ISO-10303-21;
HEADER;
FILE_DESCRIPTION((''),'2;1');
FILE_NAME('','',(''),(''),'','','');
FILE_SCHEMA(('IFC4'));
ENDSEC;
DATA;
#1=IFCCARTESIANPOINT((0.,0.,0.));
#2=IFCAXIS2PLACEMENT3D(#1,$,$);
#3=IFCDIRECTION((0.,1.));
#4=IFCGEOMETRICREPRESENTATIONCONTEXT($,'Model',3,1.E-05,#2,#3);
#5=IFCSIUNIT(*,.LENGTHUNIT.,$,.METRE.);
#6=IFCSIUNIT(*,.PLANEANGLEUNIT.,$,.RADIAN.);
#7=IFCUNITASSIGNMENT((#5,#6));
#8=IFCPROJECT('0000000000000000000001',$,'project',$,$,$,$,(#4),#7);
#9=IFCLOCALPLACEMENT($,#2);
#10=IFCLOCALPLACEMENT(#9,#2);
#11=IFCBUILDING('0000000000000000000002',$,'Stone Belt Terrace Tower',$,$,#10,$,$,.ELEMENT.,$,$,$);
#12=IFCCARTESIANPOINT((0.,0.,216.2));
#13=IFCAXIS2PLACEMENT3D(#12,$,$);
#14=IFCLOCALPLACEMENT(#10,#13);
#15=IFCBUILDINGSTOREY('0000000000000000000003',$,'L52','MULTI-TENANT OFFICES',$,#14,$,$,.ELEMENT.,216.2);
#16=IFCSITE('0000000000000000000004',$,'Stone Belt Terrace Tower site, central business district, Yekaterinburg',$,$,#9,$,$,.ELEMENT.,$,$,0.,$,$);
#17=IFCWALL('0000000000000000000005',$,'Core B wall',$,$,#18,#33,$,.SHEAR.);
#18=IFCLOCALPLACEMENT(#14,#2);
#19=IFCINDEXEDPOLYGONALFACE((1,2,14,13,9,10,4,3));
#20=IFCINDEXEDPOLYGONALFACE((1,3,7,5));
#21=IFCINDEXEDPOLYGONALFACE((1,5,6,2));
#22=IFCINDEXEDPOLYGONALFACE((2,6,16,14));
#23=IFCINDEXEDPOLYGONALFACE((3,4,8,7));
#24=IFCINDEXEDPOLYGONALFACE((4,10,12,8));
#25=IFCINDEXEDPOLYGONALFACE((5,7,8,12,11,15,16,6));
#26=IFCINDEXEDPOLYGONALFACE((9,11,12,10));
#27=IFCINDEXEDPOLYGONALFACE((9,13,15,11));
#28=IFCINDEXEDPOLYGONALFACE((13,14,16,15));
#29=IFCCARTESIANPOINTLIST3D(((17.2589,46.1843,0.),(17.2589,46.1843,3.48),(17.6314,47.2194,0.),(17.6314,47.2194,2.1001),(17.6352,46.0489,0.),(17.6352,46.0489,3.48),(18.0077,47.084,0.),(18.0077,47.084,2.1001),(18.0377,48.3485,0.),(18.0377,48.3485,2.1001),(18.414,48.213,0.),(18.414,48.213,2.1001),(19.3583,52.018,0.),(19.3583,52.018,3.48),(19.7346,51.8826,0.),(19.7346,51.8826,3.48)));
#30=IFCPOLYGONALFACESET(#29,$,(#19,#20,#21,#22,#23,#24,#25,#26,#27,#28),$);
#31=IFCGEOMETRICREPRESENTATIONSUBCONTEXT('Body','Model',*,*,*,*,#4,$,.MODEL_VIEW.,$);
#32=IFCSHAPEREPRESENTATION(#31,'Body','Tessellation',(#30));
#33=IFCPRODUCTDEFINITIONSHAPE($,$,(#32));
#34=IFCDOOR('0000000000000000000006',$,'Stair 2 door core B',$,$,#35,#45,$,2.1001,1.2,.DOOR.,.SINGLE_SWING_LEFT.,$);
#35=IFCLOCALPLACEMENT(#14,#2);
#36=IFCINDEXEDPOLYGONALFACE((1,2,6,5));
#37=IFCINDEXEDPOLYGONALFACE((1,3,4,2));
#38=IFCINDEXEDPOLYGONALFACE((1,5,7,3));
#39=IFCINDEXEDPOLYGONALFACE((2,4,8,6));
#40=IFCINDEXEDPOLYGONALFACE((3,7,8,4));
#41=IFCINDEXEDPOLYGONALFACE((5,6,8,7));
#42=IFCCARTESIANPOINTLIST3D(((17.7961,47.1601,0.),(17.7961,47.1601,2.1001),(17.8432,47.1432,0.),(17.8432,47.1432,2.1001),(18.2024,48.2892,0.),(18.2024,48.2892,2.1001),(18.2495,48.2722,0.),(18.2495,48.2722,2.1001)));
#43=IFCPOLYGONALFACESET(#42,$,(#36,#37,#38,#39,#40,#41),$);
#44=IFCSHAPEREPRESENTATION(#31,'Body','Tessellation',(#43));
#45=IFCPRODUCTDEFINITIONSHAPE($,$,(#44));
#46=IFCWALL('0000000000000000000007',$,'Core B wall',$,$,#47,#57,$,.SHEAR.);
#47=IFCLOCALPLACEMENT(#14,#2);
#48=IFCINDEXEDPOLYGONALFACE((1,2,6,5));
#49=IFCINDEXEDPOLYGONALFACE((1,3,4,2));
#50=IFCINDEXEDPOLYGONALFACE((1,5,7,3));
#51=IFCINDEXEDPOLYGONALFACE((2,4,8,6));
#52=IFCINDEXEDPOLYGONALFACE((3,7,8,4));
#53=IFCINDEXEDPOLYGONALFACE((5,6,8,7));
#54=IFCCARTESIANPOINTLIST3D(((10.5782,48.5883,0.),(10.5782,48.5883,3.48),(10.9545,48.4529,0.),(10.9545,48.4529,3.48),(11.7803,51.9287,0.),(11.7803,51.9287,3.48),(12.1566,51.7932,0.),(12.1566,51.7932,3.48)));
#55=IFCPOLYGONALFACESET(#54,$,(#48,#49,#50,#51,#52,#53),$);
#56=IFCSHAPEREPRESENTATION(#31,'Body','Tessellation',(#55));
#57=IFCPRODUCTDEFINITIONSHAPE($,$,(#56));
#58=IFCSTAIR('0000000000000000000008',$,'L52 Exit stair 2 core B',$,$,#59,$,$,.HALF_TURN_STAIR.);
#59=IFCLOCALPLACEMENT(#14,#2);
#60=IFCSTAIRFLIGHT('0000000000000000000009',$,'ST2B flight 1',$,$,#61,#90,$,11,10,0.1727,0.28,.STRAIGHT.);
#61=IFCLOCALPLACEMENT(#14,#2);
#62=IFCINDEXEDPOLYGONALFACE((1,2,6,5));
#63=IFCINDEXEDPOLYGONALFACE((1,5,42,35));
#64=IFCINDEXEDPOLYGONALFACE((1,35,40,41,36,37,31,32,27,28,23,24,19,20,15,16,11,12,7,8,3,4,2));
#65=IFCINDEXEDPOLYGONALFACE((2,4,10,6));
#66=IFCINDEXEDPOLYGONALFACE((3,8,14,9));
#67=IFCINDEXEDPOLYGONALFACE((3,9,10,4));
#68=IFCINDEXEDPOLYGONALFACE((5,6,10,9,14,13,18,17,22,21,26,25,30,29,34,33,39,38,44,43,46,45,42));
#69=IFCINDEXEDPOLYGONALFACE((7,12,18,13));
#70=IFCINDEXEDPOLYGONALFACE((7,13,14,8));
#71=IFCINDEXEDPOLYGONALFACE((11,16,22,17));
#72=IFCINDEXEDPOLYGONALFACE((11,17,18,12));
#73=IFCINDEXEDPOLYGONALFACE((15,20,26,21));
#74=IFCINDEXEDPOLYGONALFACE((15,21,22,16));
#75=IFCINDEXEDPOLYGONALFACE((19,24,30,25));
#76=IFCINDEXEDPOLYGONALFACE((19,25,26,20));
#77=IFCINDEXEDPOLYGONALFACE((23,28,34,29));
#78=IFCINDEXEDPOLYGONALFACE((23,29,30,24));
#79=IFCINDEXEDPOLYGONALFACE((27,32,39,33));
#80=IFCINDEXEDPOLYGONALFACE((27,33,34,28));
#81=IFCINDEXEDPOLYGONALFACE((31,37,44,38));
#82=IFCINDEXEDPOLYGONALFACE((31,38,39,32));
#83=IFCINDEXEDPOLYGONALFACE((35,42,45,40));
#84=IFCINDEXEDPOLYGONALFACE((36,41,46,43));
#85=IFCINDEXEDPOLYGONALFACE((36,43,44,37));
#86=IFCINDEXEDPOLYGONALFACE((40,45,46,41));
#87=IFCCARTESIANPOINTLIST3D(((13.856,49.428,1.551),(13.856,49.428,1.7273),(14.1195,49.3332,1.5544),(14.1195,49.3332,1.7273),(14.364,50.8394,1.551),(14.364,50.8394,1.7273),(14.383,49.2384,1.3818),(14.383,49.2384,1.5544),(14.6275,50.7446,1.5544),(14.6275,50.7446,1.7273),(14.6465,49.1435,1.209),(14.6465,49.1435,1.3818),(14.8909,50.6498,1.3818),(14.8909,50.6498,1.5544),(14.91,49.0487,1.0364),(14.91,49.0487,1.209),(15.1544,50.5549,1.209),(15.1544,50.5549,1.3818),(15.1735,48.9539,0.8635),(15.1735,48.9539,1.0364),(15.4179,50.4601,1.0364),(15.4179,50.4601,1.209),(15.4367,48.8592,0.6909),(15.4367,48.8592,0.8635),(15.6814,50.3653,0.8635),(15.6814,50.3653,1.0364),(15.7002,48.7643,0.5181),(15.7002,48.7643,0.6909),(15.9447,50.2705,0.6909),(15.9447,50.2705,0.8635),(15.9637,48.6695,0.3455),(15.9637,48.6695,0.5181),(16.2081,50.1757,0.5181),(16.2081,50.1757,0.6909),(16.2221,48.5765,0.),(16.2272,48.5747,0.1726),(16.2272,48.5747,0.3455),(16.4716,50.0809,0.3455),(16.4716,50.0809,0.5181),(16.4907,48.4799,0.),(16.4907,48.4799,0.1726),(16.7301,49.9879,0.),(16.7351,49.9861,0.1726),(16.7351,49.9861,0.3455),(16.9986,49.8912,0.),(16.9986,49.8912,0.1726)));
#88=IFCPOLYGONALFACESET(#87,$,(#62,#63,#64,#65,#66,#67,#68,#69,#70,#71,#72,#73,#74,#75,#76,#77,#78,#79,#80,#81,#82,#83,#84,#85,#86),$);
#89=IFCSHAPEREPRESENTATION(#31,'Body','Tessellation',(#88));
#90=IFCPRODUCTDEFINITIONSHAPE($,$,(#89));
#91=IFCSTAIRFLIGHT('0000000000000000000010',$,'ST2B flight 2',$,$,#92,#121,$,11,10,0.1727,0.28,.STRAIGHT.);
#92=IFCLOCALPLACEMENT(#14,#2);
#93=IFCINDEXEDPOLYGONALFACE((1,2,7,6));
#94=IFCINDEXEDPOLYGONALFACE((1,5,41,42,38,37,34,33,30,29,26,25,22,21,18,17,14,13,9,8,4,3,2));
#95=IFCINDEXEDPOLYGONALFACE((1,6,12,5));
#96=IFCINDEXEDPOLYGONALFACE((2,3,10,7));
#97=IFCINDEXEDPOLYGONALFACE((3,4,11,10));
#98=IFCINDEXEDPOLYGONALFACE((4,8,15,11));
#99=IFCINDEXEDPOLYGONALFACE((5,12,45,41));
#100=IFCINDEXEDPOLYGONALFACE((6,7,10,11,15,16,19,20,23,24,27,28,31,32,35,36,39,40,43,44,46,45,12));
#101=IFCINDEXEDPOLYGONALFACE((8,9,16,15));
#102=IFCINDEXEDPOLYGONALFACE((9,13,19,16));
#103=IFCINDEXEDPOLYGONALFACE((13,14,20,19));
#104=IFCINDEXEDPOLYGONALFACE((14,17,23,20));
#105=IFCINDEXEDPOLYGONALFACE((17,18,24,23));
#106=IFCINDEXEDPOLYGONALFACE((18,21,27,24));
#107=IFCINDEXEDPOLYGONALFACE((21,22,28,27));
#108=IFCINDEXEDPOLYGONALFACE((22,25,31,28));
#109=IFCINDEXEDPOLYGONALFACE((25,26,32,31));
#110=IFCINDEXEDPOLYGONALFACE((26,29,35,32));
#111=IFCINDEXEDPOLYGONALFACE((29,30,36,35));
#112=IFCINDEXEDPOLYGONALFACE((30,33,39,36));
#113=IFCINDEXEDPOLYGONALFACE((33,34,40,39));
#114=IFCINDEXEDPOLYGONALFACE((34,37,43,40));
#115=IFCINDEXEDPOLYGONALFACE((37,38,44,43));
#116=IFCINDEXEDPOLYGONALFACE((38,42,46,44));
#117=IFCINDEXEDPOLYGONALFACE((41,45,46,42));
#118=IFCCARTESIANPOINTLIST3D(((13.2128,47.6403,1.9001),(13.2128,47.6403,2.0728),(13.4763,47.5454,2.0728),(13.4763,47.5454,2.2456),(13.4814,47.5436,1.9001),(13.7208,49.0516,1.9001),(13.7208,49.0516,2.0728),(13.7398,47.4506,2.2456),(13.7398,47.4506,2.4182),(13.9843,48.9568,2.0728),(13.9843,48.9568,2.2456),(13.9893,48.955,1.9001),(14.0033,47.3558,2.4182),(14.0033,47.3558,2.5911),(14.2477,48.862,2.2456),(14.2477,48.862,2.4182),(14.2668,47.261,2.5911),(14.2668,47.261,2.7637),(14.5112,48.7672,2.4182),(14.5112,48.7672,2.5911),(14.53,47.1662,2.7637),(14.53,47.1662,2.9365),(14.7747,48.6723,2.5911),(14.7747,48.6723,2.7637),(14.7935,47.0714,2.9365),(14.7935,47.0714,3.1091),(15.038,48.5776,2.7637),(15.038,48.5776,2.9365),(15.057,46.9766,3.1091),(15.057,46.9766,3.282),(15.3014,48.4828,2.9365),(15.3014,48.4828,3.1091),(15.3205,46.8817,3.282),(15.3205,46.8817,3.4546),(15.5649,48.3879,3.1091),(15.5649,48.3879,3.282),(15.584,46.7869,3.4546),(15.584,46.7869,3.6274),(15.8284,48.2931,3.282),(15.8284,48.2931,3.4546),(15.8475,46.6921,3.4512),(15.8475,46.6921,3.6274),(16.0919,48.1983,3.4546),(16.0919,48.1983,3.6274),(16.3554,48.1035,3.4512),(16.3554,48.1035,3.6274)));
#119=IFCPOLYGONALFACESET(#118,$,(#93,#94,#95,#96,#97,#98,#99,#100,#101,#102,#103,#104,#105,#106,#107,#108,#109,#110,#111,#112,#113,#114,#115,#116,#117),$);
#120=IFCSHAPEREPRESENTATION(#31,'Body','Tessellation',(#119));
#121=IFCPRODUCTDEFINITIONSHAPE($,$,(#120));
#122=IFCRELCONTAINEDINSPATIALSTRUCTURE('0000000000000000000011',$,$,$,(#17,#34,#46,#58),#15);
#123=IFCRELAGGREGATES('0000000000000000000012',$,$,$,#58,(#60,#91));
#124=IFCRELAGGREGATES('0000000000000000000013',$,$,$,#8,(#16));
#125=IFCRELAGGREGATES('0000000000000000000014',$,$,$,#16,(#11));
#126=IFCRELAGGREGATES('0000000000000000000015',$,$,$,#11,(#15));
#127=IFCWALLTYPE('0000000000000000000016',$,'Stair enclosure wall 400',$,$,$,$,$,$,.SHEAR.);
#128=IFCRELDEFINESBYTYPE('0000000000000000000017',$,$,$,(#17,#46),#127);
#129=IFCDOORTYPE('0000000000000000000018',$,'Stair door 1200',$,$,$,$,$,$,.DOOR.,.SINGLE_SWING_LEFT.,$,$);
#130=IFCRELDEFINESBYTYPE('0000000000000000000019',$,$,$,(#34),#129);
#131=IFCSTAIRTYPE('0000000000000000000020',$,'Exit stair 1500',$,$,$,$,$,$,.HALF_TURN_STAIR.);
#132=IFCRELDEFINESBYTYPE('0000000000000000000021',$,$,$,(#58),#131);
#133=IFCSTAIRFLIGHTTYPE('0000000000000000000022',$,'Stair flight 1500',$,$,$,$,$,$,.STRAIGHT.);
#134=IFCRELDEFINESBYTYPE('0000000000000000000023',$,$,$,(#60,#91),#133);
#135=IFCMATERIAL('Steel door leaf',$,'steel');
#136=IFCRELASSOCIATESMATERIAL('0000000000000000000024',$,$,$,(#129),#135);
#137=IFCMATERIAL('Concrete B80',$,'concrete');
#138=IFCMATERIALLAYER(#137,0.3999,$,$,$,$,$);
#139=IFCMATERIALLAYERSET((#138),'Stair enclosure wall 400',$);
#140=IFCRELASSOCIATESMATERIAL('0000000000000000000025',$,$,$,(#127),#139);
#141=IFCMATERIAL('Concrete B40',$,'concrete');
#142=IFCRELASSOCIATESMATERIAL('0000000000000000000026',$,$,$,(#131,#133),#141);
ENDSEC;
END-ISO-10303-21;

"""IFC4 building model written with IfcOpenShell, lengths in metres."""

from ifc_helpers import new_model, si_unit, direction, frame, frame_2d, origin, place, context, subcontext, project, spatial, polyline, rectangle, outline, extrude, material, layer, layer_set, type_object, element, fill, aggregate, save


model = new_model("IFC4")

# Units and contexts
model_context = context("Model", 3, precision=1e-05, world=origin(), true_north=direction((0.0, 1.0)))
body_context = subcontext(model_context, "Body", "Model", "MODEL_VIEW")
ifc_project = project(units=[si_unit("LENGTHUNIT", "METRE"), si_unit("PLANEANGLEUNIT", "RADIAN")], contexts=[model_context])

# Site, building, storey
site_placement = place(None, origin())
site = spatial("IfcSite", under=ifc_project, at=site_placement, Name="Stone Belt Terrace Tower site, central business district, Yekaterinburg", CompositionType="ELEMENT", RefElevation=0.0)
building_placement = place(site_placement, origin())
building = spatial("IfcBuilding", under=site, at=building_placement, Name="Stone Belt Terrace Tower", CompositionType="ELEMENT")
storey_placement = place(building_placement, frame((0.0, 0.0, 216.2)))
storey = spatial("IfcBuildingStorey", under=building, at=storey_placement, Name="L52", Description="MULTI-TENANT OFFICES", CompositionType="ELEMENT", Elevation=216.2)

# Shared definitions
ifc_material_1 = material(Name="Steel door leaf", Category="steel")
door_type_1 = type_object("IfcDoorType", Name="Stair door 1200", OperationType="SINGLE_SWING_LEFT", PredefinedType="DOOR", material=ifc_material_1)

# Wall, opening, door
ifc_material_2 = material(Name="Concrete B80", Category="concrete")
ifc_layer_1 = layer(ifc_material_2, 0.3999)
ifc_layer_set_1 = layer_set([ifc_layer_1], Name="Stair enclosure wall 400")
wall_type_1 = type_object("IfcWallType", Name="Stair enclosure wall 400", PredefinedType="SHEAR", material=ifc_layer_set_1)
wall_1_placement = place(storey_placement, frame((17.447, 46.1165, 0.0), z_axis=(0.0, 0.0, 1.0), x_axis=(0.338608, 0.940928, 0.0)))
wall_1 = element("IfcWall", 1, at=wall_1_placement, inside=storey, type_object=wall_type_1, Name="Core B wall", PredefinedType="SHEAR", context=body_context, shape_type="SweptSolid", body=[
    extrude(rectangle(XDim=6.2, YDim=0.3999, at=frame_2d((3.1001, 0.0))), origin(), (0.0, 0.0, 1.0), 3.48),
])
opening_1_placement = place(wall_1_placement, frame((1.1001, 0.0, 0.0)))
opening_1 = element("IfcOpeningElement", 2, at=opening_1_placement, cuts=wall_1, PredefinedType="OPENING", context=body_context, shape_type="SweptSolid", body=[
    extrude(rectangle(XDim=1.2, YDim=2.1001, at=frame_2d((0.6001, 1.05))), frame((0.0, 0.21, 0.0), z_axis=(0.0, -1.0, 0.0), x_axis=(1.0, 0.0, 0.0)), (0.0, 0.0, 1.0), 0.4199),
])
door_1_placement = place(opening_1_placement, origin())
door_1 = element("IfcDoor", 3, at=door_1_placement, inside=storey, type_object=door_type_1, Name="Stair 2 door core B", OperationType="SINGLE_SWING_LEFT", OverallHeight=2.1001, OverallWidth=1.2, PredefinedType="DOOR", context=body_context, shape_type="SweptSolid", body=[
    extrude(rectangle(XDim=1.2, YDim=2.1001, at=frame_2d((0.6001, 1.05))), frame((0.0, 0.0249, 0.0), z_axis=(0.0, -1.0, 0.0), x_axis=(1.0, 0.0, 0.0)), (0.0, 0.0, 1.0), 0.05),
])
fill(opening_1, door_1)

# Wall
wall_2_placement = place(storey_placement, frame((10.7664, 48.5208, 0.0), z_axis=(0.0, 0.0, 1.0), x_axis=(0.338627, 0.940921, 0.0)))
element("IfcWall", 4, at=wall_2_placement, inside=storey, type_object=wall_type_1, Name="Core B wall", PredefinedType="SHEAR", context=body_context, shape_type="SweptSolid", body=[
    extrude(rectangle(XDim=3.55, YDim=0.3999, at=frame_2d((1.7749, 0.0))), origin(), (0.0, 0.0, 1.0), 3.48),
])

# Stair, stair flights
ifc_material_3 = material(Name="Concrete B40", Category="concrete")
stair_type = type_object("IfcStairType", Name="Exit stair 1500", PredefinedType="HALF_TURN_STAIR", material=ifc_material_3)
stair_placement = place(storey_placement, origin())
stair = element("IfcStair", 5, at=stair_placement, inside=storey, type_object=stair_type, Name="L52 Exit stair 2 core B", PredefinedType="HALF_TURN_STAIR")
stair_flight_type = type_object("IfcStairFlightType", Name="Stair flight 1500", PredefinedType="STRAIGHT", material=ifc_material_3)
stair_flight_1_placement = place(storey_placement, frame((16.7446, 49.1855, 0.0), z_axis=(0.0, 0.0, 1.0), x_axis=(-0.940922, 0.338624, 0.0)))
stair_flight_1 = element("IfcStairFlight", 6, at=stair_flight_1_placement, type_object=stair_flight_type, Name="ST2B flight 1", NumberOfRisers=11, NumberOfTreads=10, PredefinedType="STRAIGHT", RiserHeight=0.1727, TreadLength=0.28, context=body_context, shape_type="SweptSolid", body=[
    extrude(outline(polyline([(0.0, 0.0), (0.0, 0.1726), (0.28, 0.1726), (0.28, 0.3455), (0.5601, 0.3455), (0.5601, 0.5181), (0.8401, 0.5181), (0.8401, 0.6909), (1.1201, 0.6909), (1.1201, 0.8635), (1.3999, 0.8635), (1.3999, 1.0364), (1.6799, 1.0364), (1.6799, 1.209), (1.96, 1.209), (1.96, 1.3818), (2.24, 1.3818), (2.24, 1.5544), (2.52, 1.5544), (2.52, 1.7273), (2.8, 1.7273), (2.8, 1.8999), (2.8, 1.551), (0.2854, 0.0), (0.0, 0.0)])), frame((0.0, 0.75, 0.0), z_axis=(0.0, -1.0, 0.0), x_axis=(1.0, 0.0, 0.0)), (0.0, 0.0, 1.0), 1.5),
])
stair_flight_2_placement = place(storey_placement, frame((13.4668, 48.3459, 1.9001), z_axis=(0.0, 0.0, 1.0), x_axis=(0.940922, -0.338624, 0.0)))
stair_flight_2 = element("IfcStairFlight", 7, at=stair_flight_2_placement, type_object=stair_flight_type, Name="ST2B flight 2", NumberOfRisers=11, NumberOfTreads=10, PredefinedType="STRAIGHT", RiserHeight=0.1727, TreadLength=0.28, context=body_context, shape_type="SweptSolid", body=[
    extrude(outline(polyline([(0.0, 0.0), (0.0, 0.1726), (0.28, 0.1726), (0.28, 0.3455), (0.5601, 0.3455), (0.5601, 0.5181), (0.8401, 0.5181), (0.8401, 0.6909), (1.1201, 0.6909), (1.1201, 0.8635), (1.3999, 0.8635), (1.3999, 1.0364), (1.6799, 1.0364), (1.6799, 1.209), (1.96, 1.209), (1.96, 1.3818), (2.24, 1.3818), (2.24, 1.5544), (2.52, 1.5544), (2.52, 1.7273), (2.8, 1.7273), (2.8, 1.8999), (2.8, 1.551), (0.2854, 0.0), (0.0, 0.0)])), frame((0.0, 0.75, 0.0), z_axis=(0.0, -1.0, 0.0), x_axis=(1.0, 0.0, 0.0)), (0.0, 0.0, 1.0), 1.5),
])
aggregate(stair, [stair_flight_1, stair_flight_2])

save(model, "model.ifc")
